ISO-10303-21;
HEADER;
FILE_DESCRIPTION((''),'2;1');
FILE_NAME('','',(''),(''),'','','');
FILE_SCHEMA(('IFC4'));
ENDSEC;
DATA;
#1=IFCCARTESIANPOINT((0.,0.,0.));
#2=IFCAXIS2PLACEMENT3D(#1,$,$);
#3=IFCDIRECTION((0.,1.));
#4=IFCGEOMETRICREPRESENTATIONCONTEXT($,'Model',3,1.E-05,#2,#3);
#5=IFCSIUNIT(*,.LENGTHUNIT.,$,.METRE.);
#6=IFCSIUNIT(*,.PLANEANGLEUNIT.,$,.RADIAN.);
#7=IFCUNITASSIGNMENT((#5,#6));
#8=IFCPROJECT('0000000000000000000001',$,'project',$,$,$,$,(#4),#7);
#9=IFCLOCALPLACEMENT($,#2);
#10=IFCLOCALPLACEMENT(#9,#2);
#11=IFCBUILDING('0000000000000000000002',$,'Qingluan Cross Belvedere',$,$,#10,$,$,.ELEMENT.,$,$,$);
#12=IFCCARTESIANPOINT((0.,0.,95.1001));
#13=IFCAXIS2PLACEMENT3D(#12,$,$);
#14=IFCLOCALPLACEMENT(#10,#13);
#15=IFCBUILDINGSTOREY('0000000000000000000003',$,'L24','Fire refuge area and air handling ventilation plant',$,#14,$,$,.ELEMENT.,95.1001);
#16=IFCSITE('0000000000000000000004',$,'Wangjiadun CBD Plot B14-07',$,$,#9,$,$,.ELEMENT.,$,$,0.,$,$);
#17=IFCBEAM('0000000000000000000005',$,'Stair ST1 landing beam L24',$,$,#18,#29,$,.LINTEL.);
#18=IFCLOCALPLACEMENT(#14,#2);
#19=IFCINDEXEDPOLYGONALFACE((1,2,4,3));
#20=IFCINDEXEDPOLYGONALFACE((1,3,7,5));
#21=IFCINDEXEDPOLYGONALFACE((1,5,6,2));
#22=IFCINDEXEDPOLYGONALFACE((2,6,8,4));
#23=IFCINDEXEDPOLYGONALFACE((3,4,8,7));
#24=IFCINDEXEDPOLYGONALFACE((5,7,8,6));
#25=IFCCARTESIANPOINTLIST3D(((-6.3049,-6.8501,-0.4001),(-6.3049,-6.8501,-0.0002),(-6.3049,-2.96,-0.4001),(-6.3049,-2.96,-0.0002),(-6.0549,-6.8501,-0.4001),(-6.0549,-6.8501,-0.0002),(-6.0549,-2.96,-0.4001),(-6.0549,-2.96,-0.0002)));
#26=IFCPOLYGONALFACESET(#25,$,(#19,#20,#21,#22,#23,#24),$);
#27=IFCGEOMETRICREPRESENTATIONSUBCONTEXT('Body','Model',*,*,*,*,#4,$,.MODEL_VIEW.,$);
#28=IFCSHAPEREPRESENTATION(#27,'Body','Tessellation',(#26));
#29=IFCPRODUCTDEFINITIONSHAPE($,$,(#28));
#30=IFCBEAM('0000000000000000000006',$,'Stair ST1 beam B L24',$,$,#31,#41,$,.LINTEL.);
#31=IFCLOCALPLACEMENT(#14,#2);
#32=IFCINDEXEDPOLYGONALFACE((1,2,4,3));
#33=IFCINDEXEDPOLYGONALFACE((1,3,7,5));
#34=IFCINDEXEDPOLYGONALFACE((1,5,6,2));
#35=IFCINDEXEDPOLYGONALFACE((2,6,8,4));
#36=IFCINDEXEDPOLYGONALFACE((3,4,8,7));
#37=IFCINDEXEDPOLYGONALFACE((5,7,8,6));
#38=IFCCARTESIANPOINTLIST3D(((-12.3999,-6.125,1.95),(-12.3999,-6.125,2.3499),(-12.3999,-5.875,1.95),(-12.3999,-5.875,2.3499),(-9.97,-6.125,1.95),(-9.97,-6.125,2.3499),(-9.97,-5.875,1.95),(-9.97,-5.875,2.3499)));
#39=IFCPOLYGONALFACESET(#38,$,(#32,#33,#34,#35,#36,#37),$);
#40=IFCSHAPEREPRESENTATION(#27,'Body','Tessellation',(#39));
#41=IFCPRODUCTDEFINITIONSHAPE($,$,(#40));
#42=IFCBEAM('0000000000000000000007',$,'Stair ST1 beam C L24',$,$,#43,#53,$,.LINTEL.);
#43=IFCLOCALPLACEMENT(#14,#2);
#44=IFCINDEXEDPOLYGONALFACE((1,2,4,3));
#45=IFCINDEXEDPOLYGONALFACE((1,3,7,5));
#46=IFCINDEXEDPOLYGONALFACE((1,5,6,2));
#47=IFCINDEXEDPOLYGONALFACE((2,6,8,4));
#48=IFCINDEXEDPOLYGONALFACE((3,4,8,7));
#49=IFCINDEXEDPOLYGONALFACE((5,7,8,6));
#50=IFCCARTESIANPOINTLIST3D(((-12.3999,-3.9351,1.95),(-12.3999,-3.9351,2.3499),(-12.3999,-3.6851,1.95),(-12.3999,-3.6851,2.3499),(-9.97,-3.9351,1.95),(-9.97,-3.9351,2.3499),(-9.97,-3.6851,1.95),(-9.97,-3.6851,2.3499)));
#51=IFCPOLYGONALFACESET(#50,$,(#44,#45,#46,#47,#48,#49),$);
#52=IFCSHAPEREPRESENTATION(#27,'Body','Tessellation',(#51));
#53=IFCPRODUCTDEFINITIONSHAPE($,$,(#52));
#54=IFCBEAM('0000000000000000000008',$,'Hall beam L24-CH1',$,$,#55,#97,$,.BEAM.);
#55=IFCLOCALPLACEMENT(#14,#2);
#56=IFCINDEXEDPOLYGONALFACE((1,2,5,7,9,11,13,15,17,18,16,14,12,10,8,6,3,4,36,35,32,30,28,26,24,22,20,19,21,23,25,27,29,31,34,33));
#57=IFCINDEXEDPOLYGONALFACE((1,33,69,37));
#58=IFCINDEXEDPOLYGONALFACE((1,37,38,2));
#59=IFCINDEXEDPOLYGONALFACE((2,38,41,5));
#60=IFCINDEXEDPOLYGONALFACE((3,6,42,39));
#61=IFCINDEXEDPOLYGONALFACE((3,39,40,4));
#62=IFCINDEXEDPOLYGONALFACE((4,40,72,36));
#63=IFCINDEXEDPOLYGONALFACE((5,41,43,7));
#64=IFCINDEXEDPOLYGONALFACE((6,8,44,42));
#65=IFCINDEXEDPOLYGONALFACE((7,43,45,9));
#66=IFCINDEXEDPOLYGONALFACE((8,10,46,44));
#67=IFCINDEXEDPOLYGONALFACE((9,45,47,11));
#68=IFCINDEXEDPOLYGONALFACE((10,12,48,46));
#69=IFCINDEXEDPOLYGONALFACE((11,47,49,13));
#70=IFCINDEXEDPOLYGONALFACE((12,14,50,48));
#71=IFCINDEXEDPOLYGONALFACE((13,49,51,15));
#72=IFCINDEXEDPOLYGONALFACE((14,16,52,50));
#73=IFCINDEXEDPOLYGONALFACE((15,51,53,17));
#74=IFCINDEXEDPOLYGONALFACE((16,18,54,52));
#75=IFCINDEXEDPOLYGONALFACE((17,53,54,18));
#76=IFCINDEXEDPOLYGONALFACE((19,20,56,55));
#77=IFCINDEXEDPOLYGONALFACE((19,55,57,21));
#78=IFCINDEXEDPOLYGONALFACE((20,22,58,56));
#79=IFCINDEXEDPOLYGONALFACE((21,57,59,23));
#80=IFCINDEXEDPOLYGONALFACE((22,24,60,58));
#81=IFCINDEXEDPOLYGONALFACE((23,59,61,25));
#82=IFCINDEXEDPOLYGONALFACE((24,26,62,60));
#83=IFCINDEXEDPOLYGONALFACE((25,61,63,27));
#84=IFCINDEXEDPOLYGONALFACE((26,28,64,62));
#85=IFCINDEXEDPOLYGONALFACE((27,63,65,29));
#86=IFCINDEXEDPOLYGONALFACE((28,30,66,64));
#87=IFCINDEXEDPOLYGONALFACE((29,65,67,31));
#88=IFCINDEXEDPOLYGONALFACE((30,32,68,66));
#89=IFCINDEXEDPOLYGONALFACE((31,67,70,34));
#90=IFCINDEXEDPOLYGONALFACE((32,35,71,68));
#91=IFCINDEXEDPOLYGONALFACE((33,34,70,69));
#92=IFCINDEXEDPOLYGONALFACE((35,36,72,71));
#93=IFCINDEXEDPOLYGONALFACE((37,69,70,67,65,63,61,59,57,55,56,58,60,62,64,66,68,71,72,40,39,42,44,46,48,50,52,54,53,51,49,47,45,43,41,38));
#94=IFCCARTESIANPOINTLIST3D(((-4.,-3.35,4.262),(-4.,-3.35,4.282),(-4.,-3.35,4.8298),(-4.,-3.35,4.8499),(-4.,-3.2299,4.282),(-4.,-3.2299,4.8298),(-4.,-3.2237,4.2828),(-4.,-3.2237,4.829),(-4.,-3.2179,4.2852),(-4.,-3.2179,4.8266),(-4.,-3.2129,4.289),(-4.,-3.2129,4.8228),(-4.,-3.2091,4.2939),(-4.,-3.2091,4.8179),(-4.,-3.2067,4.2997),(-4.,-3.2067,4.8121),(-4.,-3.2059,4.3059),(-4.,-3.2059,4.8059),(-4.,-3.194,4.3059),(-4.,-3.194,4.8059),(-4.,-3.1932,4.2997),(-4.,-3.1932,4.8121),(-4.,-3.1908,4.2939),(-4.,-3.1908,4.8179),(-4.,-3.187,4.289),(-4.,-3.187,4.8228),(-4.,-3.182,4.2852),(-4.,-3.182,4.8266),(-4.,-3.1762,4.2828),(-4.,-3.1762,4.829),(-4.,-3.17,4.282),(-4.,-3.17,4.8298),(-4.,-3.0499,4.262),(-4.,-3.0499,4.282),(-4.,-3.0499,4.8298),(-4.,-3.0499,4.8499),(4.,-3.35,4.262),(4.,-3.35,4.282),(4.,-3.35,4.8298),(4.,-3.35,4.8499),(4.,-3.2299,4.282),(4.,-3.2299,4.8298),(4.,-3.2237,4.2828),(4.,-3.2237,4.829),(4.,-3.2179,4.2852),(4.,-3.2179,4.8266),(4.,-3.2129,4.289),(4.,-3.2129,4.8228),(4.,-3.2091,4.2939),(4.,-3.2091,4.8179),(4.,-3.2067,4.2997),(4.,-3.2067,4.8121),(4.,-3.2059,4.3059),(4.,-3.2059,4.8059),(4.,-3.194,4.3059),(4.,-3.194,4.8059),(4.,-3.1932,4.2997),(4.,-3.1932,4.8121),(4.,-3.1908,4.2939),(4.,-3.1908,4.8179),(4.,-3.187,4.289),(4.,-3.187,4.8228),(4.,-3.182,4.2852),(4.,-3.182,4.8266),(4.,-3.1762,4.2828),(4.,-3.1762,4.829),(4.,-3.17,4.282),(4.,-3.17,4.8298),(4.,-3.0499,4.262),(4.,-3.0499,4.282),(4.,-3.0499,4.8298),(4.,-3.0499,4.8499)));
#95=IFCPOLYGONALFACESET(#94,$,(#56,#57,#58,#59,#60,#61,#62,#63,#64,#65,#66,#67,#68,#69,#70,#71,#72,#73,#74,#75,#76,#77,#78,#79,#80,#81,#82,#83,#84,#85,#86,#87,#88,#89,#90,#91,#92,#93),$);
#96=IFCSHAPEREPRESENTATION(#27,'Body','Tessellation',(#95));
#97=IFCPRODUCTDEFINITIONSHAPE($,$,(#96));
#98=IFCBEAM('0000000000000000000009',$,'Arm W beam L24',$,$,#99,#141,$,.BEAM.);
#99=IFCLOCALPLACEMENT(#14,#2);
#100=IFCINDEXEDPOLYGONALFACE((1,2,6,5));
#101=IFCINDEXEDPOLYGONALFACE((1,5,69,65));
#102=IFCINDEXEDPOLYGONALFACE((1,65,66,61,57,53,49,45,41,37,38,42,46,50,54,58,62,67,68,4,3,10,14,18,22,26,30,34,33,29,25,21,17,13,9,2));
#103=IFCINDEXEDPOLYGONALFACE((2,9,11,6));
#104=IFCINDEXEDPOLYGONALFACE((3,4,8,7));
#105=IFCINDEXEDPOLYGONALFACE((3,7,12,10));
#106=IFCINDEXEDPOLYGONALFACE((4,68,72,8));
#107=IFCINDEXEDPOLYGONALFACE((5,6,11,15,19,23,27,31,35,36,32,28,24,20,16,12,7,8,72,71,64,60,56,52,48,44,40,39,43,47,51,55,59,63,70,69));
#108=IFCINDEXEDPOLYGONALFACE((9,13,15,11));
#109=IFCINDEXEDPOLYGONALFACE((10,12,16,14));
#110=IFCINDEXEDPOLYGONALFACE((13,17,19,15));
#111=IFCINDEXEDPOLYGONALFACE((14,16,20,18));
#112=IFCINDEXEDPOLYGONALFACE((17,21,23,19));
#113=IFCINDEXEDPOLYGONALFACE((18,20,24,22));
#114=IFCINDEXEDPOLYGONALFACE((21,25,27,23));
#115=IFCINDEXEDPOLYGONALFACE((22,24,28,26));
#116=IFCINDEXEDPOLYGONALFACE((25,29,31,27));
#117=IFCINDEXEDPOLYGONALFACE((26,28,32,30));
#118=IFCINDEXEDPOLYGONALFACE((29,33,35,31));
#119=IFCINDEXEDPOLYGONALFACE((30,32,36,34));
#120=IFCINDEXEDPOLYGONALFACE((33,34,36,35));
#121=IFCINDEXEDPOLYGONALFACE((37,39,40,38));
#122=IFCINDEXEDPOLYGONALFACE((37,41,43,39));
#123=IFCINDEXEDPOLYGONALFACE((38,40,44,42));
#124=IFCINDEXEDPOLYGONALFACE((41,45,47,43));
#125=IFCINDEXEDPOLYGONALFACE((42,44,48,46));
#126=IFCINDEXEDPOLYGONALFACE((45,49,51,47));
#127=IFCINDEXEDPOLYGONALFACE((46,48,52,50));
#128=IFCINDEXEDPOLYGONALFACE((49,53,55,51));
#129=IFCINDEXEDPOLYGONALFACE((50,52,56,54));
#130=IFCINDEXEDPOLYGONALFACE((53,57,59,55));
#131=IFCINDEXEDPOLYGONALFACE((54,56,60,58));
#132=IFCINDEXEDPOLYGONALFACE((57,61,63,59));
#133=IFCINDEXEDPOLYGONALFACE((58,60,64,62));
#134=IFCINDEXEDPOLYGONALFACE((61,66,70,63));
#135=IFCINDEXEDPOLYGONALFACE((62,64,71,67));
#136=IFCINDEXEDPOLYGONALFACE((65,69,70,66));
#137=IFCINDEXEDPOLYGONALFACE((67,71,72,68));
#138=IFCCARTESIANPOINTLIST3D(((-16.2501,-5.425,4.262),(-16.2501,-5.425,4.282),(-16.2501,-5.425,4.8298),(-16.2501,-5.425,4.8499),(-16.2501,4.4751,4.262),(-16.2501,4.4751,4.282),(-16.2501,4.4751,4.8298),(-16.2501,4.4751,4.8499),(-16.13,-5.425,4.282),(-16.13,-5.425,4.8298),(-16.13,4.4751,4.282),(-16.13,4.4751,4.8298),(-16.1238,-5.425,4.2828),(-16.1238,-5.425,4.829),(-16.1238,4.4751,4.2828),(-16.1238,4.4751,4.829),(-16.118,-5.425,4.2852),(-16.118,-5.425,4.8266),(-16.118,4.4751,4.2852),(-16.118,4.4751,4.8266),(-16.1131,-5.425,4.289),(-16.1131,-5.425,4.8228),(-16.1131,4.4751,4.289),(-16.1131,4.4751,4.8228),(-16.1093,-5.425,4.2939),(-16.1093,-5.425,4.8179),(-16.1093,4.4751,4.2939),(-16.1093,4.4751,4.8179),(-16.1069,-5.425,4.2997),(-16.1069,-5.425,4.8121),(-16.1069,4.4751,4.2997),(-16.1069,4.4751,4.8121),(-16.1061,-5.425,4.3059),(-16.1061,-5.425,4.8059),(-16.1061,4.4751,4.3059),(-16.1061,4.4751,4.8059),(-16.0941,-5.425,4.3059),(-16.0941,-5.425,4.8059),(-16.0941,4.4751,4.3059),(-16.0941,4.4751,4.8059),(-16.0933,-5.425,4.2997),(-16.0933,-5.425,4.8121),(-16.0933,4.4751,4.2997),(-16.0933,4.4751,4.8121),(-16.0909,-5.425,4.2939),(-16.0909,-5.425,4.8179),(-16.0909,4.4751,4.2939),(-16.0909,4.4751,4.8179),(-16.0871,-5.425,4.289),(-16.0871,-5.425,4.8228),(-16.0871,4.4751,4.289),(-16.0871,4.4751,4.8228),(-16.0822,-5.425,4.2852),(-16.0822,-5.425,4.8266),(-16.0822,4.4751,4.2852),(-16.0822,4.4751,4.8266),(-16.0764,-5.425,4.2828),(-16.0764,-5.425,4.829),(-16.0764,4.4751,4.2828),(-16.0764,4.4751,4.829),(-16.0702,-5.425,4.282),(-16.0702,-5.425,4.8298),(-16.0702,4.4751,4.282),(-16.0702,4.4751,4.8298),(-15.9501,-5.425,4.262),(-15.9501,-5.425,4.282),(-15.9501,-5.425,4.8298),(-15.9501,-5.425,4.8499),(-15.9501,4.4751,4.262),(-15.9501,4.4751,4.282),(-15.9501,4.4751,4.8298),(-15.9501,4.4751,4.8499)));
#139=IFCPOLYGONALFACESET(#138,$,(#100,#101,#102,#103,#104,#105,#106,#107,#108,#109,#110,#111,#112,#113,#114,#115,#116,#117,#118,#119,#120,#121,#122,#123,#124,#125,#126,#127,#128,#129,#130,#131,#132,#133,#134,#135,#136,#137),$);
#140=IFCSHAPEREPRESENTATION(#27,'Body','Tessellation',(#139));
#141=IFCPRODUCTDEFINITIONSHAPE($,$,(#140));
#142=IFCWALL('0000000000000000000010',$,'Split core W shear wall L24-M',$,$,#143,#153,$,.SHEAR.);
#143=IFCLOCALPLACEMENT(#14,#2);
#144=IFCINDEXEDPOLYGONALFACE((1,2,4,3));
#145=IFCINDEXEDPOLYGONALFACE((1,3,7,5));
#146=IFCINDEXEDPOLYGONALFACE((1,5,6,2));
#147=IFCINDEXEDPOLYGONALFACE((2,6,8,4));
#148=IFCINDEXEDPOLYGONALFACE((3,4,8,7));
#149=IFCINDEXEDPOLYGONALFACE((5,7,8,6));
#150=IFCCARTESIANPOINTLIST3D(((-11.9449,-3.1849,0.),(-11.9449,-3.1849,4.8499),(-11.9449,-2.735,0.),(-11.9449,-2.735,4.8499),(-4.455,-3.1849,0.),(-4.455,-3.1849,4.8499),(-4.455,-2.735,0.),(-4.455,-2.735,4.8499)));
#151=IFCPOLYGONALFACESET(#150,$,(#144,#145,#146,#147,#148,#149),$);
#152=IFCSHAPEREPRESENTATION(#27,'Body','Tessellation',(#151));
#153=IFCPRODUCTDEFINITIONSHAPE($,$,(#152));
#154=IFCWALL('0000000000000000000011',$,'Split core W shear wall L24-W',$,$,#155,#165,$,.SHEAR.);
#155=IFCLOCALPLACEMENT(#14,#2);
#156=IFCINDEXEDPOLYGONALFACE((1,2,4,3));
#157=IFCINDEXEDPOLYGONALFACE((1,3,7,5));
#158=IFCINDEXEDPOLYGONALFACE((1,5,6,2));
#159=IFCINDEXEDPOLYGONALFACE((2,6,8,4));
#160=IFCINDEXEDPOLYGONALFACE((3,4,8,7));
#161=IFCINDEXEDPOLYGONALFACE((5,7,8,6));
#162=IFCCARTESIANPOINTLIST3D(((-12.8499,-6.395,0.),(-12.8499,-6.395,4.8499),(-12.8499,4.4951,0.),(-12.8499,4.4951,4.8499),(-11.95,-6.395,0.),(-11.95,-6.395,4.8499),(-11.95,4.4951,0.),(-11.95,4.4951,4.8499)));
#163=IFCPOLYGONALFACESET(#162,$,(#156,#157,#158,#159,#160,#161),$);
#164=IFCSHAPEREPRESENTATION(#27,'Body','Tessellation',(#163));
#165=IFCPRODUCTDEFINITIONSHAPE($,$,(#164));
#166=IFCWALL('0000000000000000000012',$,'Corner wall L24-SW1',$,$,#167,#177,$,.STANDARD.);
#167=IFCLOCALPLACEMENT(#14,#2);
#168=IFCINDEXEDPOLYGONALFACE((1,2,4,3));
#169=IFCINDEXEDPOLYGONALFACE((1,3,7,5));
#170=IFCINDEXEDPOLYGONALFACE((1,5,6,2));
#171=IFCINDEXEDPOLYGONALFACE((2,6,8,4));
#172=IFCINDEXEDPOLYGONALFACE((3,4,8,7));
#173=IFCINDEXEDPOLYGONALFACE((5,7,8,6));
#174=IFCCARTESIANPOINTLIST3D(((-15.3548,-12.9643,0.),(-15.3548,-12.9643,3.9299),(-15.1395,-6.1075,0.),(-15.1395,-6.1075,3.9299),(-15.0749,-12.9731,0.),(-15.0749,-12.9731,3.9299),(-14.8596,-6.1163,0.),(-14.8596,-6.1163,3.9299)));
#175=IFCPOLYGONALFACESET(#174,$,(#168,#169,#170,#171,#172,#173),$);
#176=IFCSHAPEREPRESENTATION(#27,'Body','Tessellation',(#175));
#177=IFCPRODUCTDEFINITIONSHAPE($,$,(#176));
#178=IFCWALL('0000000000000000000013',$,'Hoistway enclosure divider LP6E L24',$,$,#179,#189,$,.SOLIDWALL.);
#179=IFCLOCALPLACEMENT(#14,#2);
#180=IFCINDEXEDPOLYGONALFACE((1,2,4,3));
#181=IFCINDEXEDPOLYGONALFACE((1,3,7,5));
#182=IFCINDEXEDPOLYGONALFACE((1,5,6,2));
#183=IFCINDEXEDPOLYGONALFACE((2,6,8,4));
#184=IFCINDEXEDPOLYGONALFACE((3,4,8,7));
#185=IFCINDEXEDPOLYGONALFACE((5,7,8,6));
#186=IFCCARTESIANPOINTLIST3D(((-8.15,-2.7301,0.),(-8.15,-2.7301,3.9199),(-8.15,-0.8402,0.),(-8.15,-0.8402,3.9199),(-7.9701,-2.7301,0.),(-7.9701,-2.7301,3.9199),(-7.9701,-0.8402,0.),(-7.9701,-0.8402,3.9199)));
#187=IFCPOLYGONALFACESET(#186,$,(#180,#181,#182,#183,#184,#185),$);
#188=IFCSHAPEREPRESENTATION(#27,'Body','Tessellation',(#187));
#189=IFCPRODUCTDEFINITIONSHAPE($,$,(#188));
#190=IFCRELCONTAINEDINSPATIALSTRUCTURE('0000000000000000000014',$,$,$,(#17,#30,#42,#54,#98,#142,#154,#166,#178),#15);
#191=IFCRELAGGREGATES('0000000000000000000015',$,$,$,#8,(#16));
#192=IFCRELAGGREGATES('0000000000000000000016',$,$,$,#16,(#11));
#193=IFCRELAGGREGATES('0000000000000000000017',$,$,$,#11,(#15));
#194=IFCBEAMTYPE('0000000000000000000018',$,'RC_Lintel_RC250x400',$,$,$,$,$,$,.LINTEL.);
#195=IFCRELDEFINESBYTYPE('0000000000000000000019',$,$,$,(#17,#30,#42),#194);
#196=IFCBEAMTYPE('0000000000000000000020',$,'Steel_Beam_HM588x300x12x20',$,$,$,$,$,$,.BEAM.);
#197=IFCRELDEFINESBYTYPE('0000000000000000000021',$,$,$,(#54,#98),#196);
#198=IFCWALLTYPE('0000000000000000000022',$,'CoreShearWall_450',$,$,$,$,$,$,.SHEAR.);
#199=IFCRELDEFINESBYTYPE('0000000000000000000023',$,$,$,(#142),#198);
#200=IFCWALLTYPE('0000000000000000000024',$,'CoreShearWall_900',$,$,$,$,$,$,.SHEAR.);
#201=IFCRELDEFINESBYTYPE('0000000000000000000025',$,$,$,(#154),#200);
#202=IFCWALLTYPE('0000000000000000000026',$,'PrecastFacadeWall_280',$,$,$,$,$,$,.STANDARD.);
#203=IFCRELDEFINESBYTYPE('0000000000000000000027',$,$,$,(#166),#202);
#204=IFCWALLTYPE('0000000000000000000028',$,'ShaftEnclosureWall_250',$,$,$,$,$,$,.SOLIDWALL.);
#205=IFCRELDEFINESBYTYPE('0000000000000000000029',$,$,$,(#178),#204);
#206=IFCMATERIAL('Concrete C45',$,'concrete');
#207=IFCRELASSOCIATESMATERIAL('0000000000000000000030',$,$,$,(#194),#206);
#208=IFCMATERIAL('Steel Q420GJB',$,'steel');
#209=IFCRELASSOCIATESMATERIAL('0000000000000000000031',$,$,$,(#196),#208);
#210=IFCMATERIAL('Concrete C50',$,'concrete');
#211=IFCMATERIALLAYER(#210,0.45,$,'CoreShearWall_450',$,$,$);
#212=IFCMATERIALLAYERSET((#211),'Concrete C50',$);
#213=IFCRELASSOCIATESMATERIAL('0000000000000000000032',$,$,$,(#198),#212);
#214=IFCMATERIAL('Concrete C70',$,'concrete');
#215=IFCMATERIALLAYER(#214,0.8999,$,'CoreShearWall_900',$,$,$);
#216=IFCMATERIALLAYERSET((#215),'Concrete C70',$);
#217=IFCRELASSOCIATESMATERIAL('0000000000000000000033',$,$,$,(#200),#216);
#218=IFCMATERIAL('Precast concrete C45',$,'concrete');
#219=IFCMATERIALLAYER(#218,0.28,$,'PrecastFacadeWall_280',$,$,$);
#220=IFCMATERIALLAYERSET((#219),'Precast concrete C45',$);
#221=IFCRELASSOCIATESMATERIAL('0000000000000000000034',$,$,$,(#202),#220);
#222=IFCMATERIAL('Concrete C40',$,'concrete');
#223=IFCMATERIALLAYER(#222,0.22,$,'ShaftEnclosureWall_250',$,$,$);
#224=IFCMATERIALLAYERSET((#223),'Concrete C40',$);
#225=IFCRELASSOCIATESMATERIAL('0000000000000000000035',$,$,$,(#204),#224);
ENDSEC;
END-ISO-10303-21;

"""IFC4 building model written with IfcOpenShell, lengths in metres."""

from ifc_helpers import new_model, si_unit, direction, frame, frame_2d, origin, origin_2d, place, context, subcontext, project, spatial, rectangle, i_section, extrude, material, layer, layer_set, material_profile, profile_set, type_object, element, save


model = new_model("IFC4")

# Units and contexts
model_context = context("Model", 3, precision=1e-05, world=origin(), true_north=direction((0.0, 1.0)))
body_context = subcontext(model_context, "Body", "Model", "MODEL_VIEW")
ifc_project = project(units=[si_unit("LENGTHUNIT", "METRE"), si_unit("PLANEANGLEUNIT", "RADIAN")], contexts=[model_context])

# Site, building, storey
site_placement = place(None, origin())
site = spatial("IfcSite", under=ifc_project, at=site_placement, Name="Wangjiadun CBD Plot B14-07", CompositionType="ELEMENT", RefElevation=0.0)
building_placement = place(site_placement, origin())
building = spatial("IfcBuilding", under=site, at=building_placement, Name="Qingluan Cross Belvedere", CompositionType="ELEMENT")
storey_placement = place(building_placement, frame((0.0, 0.0, 95.1001)))
storey = spatial("IfcBuildingStorey", under=building, at=storey_placement, Name="L24", Description="Fire refuge area and air handling ventilation plant", CompositionType="ELEMENT", Elevation=95.1001)

# Beams
ifc_material_1 = material(Name="Concrete C45", Category="concrete")
ifc_material_profile_1 = material_profile(ifc_material_1, rectangle(XDim=0.25, YDim=0.3999, at=origin_2d()), Name="RC250x400")
ifc_profile_set_1 = profile_set([ifc_material_profile_1], Name="Concrete C45")
beam_type_1 = type_object("IfcBeamType", Name="RC_Lintel_RC250x400", PredefinedType="LINTEL", material=ifc_profile_set_1)
beam_1_placement = place(storey_placement, frame((-6.1799, -6.8501, -0.2002), z_axis=(0.0, 1.0, 0.0), x_axis=(-1.0, 0.0, 0.0)))
element("IfcBeam", 1, at=beam_1_placement, inside=storey, type_object=beam_type_1, Name="Stair ST1 landing beam L24", PredefinedType="LINTEL", context=body_context, shape_type="SweptSolid", body=[
    extrude(rectangle(XDim=0.25, YDim=0.3999, at=origin_2d()), origin(), (0.0, 0.0, 1.0), 3.8901),
])
for number, where, z_axis, x_axis, name in (
    (2, (-12.3999, -6.0, 2.1499), (1.0, 0.0, 0.0), (0.0, 1.0, 0.0), "Stair ST1 beam B L24"),
    (3, (-12.3999, -3.8101, 2.1499), (1.0, 0.0, 0.0), (0.0, 1.0, 0.0), "Stair ST1 beam C L24"),
):
    element("IfcBeam", number, at=place(storey_placement, frame(where, z_axis=z_axis, x_axis=x_axis)), inside=storey, type_object=beam_type_1, Name=name, PredefinedType="LINTEL", context=body_context, shape_type="SweptSolid", body=[
        extrude(rectangle(XDim=0.25, YDim=0.3999, at=origin_2d()), origin(), (0.0, 0.0, 1.0), 2.4299),
    ])
ifc_material_2 = material(Name="Steel Q420GJB", Category="steel")
ifc_material_profile_2 = material_profile(ifc_material_2, i_section(OverallWidth=0.3, OverallDepth=0.5879, WebThickness=0.012, FlangeThickness=0.02, FilletRadius=0.0239, at=origin_2d()), Name="HM588x300x12x20")
ifc_profile_set_2 = profile_set([ifc_material_profile_2], Name="Steel Q420GJB")
beam_type_2 = type_object("IfcBeamType", Name="Steel_Beam_HM588x300x12x20", PredefinedType="BEAM", material=ifc_profile_set_2)
beam_2_placement = place(storey_placement, frame((-4.0, -3.2, 4.5559), z_axis=(1.0, 0.0, 0.0), x_axis=(0.0, 1.0, 0.0)))
element("IfcBeam", 4, at=beam_2_placement, inside=storey, type_object=beam_type_2, Name="Hall beam L24-CH1", PredefinedType="BEAM", context=body_context, shape_type="SweptSolid", body=[
    extrude(i_section(OverallWidth=0.3, OverallDepth=0.5879, WebThickness=0.012, FlangeThickness=0.02, FilletRadius=0.0239, at=origin_2d()), origin(), (0.0, 0.0, 1.0), 8.0),
])
beam_3_placement = place(storey_placement, frame((-16.1001, -5.425, 4.5559), z_axis=(0.0, 1.0, 0.0), x_axis=(-1.0, 0.0, 0.0)))
element("IfcBeam", 5, at=beam_3_placement, inside=storey, type_object=beam_type_2, Name="Arm W beam L24", PredefinedType="BEAM", context=body_context, shape_type="SweptSolid", body=[
    extrude(i_section(OverallWidth=0.3, OverallDepth=0.5879, WebThickness=0.012, FlangeThickness=0.02, FilletRadius=0.0239, at=origin_2d()), origin(), (0.0, 0.0, 1.0), 9.9001),
])

# Walls
ifc_material_3 = material(Name="Concrete C50", Category="concrete")
ifc_layer_1 = layer(ifc_material_3, 0.45, Name="CoreShearWall_450")
ifc_layer_set_1 = layer_set([ifc_layer_1], Name="Concrete C50")
wall_type_1 = type_object("IfcWallType", Name="CoreShearWall_450", PredefinedType="SHEAR", material=ifc_layer_set_1)
wall_1_placement = place(storey_placement, frame((-11.9451, -2.96, 0.0), z_axis=(0.0, 0.0, 1.0), x_axis=(1.0, 0.0, 0.0)))
element("IfcWall", 6, at=wall_1_placement, inside=storey, type_object=wall_type_1, Name="Split core W shear wall L24-M", PredefinedType="SHEAR", context=body_context, shape_type="SweptSolid", body=[
    extrude(rectangle(XDim=7.49, YDim=0.45, at=frame_2d((3.7451, 0.0))), origin(), (0.0, 0.0, 1.0), 4.8499),
])
ifc_material_4 = material(Name="Concrete C70", Category="concrete")
ifc_layer_2 = layer(ifc_material_4, 0.8999, Name="CoreShearWall_900")
ifc_layer_set_2 = layer_set([ifc_layer_2], Name="Concrete C70")
wall_type_2 = type_object("IfcWallType", Name="CoreShearWall_900", PredefinedType="SHEAR", material=ifc_layer_set_2)
wall_2_placement = place(storey_placement, frame((-12.3999, -6.395, 0.0), z_axis=(0.0, 0.0, 1.0), x_axis=(0.0, 1.0, 0.0)))
element("IfcWall", 7, at=wall_2_placement, inside=storey, type_object=wall_type_2, Name="Split core W shear wall L24-W", PredefinedType="SHEAR", context=body_context, shape_type="SweptSolid", body=[
    extrude(rectangle(XDim=10.8901, YDim=0.8999, at=frame_2d((5.4451, 0.0))), origin(), (0.0, 0.0, 1.0), 4.8499),
])

# Wall
ifc_material_5 = material(Name="Precast concrete C45", Category="concrete")
ifc_layer_3 = layer(ifc_material_5, 0.28, Name="PrecastFacadeWall_280")
ifc_layer_set_3 = layer_set([ifc_layer_3], Name="Precast concrete C45")
wall_type_3 = type_object("IfcWallType", Name="PrecastFacadeWall_280", PredefinedType="STANDARD", material=ifc_layer_set_3)
wall_3_placement = place(storey_placement, frame((-14.9995, -6.1118, 0.0), z_axis=(0.0, 0.0, 1.0), x_axis=(-0.031389, -0.999507, 0.0)))
element("IfcWall", 8, at=wall_3_placement, inside=storey, type_object=wall_type_3, Name="Corner wall L24-SW1", PredefinedType="STANDARD", context=body_context, shape_type="SweptSolid", body=[
    extrude(rectangle(XDim=6.8601, YDim=0.28, at=frame_2d((3.4302, 0.0))), origin(), (0.0, 0.0, 1.0), 3.9299),
])

# Shared definitions
ifc_material_6 = material(Name="Concrete C40", Category="concrete")
ifc_layer_4 = layer(ifc_material_6, 0.22, Name="ShaftEnclosureWall_250")
ifc_layer_set_4 = layer_set([ifc_layer_4], Name="Concrete C40")
wall_type_4 = type_object("IfcWallType", Name="ShaftEnclosureWall_250", PredefinedType="SOLIDWALL", material=ifc_layer_set_4)

# Wall
for number, where, z_axis, x_axis, name in (
    (9, (-8.0601, -2.73, 0.0), (0.0, 0.0, 1.0), (0.0, 1.0, 0.0), "Hoistway enclosure divider LP6E L24"),
):
    element("IfcWall", number, at=place(storey_placement, frame(where, z_axis=z_axis, x_axis=x_axis)), inside=storey, type_object=wall_type_4, Name=name, PredefinedType="SOLIDWALL", context=body_context, shape_type="SweptSolid", body=[
        extrude(rectangle(XDim=1.8899, YDim=0.1799, at=frame_2d((0.9448, 0.0))), origin(), (0.0, 0.0, 1.0), 3.9199),
    ])

save(model, "model.ifc")
